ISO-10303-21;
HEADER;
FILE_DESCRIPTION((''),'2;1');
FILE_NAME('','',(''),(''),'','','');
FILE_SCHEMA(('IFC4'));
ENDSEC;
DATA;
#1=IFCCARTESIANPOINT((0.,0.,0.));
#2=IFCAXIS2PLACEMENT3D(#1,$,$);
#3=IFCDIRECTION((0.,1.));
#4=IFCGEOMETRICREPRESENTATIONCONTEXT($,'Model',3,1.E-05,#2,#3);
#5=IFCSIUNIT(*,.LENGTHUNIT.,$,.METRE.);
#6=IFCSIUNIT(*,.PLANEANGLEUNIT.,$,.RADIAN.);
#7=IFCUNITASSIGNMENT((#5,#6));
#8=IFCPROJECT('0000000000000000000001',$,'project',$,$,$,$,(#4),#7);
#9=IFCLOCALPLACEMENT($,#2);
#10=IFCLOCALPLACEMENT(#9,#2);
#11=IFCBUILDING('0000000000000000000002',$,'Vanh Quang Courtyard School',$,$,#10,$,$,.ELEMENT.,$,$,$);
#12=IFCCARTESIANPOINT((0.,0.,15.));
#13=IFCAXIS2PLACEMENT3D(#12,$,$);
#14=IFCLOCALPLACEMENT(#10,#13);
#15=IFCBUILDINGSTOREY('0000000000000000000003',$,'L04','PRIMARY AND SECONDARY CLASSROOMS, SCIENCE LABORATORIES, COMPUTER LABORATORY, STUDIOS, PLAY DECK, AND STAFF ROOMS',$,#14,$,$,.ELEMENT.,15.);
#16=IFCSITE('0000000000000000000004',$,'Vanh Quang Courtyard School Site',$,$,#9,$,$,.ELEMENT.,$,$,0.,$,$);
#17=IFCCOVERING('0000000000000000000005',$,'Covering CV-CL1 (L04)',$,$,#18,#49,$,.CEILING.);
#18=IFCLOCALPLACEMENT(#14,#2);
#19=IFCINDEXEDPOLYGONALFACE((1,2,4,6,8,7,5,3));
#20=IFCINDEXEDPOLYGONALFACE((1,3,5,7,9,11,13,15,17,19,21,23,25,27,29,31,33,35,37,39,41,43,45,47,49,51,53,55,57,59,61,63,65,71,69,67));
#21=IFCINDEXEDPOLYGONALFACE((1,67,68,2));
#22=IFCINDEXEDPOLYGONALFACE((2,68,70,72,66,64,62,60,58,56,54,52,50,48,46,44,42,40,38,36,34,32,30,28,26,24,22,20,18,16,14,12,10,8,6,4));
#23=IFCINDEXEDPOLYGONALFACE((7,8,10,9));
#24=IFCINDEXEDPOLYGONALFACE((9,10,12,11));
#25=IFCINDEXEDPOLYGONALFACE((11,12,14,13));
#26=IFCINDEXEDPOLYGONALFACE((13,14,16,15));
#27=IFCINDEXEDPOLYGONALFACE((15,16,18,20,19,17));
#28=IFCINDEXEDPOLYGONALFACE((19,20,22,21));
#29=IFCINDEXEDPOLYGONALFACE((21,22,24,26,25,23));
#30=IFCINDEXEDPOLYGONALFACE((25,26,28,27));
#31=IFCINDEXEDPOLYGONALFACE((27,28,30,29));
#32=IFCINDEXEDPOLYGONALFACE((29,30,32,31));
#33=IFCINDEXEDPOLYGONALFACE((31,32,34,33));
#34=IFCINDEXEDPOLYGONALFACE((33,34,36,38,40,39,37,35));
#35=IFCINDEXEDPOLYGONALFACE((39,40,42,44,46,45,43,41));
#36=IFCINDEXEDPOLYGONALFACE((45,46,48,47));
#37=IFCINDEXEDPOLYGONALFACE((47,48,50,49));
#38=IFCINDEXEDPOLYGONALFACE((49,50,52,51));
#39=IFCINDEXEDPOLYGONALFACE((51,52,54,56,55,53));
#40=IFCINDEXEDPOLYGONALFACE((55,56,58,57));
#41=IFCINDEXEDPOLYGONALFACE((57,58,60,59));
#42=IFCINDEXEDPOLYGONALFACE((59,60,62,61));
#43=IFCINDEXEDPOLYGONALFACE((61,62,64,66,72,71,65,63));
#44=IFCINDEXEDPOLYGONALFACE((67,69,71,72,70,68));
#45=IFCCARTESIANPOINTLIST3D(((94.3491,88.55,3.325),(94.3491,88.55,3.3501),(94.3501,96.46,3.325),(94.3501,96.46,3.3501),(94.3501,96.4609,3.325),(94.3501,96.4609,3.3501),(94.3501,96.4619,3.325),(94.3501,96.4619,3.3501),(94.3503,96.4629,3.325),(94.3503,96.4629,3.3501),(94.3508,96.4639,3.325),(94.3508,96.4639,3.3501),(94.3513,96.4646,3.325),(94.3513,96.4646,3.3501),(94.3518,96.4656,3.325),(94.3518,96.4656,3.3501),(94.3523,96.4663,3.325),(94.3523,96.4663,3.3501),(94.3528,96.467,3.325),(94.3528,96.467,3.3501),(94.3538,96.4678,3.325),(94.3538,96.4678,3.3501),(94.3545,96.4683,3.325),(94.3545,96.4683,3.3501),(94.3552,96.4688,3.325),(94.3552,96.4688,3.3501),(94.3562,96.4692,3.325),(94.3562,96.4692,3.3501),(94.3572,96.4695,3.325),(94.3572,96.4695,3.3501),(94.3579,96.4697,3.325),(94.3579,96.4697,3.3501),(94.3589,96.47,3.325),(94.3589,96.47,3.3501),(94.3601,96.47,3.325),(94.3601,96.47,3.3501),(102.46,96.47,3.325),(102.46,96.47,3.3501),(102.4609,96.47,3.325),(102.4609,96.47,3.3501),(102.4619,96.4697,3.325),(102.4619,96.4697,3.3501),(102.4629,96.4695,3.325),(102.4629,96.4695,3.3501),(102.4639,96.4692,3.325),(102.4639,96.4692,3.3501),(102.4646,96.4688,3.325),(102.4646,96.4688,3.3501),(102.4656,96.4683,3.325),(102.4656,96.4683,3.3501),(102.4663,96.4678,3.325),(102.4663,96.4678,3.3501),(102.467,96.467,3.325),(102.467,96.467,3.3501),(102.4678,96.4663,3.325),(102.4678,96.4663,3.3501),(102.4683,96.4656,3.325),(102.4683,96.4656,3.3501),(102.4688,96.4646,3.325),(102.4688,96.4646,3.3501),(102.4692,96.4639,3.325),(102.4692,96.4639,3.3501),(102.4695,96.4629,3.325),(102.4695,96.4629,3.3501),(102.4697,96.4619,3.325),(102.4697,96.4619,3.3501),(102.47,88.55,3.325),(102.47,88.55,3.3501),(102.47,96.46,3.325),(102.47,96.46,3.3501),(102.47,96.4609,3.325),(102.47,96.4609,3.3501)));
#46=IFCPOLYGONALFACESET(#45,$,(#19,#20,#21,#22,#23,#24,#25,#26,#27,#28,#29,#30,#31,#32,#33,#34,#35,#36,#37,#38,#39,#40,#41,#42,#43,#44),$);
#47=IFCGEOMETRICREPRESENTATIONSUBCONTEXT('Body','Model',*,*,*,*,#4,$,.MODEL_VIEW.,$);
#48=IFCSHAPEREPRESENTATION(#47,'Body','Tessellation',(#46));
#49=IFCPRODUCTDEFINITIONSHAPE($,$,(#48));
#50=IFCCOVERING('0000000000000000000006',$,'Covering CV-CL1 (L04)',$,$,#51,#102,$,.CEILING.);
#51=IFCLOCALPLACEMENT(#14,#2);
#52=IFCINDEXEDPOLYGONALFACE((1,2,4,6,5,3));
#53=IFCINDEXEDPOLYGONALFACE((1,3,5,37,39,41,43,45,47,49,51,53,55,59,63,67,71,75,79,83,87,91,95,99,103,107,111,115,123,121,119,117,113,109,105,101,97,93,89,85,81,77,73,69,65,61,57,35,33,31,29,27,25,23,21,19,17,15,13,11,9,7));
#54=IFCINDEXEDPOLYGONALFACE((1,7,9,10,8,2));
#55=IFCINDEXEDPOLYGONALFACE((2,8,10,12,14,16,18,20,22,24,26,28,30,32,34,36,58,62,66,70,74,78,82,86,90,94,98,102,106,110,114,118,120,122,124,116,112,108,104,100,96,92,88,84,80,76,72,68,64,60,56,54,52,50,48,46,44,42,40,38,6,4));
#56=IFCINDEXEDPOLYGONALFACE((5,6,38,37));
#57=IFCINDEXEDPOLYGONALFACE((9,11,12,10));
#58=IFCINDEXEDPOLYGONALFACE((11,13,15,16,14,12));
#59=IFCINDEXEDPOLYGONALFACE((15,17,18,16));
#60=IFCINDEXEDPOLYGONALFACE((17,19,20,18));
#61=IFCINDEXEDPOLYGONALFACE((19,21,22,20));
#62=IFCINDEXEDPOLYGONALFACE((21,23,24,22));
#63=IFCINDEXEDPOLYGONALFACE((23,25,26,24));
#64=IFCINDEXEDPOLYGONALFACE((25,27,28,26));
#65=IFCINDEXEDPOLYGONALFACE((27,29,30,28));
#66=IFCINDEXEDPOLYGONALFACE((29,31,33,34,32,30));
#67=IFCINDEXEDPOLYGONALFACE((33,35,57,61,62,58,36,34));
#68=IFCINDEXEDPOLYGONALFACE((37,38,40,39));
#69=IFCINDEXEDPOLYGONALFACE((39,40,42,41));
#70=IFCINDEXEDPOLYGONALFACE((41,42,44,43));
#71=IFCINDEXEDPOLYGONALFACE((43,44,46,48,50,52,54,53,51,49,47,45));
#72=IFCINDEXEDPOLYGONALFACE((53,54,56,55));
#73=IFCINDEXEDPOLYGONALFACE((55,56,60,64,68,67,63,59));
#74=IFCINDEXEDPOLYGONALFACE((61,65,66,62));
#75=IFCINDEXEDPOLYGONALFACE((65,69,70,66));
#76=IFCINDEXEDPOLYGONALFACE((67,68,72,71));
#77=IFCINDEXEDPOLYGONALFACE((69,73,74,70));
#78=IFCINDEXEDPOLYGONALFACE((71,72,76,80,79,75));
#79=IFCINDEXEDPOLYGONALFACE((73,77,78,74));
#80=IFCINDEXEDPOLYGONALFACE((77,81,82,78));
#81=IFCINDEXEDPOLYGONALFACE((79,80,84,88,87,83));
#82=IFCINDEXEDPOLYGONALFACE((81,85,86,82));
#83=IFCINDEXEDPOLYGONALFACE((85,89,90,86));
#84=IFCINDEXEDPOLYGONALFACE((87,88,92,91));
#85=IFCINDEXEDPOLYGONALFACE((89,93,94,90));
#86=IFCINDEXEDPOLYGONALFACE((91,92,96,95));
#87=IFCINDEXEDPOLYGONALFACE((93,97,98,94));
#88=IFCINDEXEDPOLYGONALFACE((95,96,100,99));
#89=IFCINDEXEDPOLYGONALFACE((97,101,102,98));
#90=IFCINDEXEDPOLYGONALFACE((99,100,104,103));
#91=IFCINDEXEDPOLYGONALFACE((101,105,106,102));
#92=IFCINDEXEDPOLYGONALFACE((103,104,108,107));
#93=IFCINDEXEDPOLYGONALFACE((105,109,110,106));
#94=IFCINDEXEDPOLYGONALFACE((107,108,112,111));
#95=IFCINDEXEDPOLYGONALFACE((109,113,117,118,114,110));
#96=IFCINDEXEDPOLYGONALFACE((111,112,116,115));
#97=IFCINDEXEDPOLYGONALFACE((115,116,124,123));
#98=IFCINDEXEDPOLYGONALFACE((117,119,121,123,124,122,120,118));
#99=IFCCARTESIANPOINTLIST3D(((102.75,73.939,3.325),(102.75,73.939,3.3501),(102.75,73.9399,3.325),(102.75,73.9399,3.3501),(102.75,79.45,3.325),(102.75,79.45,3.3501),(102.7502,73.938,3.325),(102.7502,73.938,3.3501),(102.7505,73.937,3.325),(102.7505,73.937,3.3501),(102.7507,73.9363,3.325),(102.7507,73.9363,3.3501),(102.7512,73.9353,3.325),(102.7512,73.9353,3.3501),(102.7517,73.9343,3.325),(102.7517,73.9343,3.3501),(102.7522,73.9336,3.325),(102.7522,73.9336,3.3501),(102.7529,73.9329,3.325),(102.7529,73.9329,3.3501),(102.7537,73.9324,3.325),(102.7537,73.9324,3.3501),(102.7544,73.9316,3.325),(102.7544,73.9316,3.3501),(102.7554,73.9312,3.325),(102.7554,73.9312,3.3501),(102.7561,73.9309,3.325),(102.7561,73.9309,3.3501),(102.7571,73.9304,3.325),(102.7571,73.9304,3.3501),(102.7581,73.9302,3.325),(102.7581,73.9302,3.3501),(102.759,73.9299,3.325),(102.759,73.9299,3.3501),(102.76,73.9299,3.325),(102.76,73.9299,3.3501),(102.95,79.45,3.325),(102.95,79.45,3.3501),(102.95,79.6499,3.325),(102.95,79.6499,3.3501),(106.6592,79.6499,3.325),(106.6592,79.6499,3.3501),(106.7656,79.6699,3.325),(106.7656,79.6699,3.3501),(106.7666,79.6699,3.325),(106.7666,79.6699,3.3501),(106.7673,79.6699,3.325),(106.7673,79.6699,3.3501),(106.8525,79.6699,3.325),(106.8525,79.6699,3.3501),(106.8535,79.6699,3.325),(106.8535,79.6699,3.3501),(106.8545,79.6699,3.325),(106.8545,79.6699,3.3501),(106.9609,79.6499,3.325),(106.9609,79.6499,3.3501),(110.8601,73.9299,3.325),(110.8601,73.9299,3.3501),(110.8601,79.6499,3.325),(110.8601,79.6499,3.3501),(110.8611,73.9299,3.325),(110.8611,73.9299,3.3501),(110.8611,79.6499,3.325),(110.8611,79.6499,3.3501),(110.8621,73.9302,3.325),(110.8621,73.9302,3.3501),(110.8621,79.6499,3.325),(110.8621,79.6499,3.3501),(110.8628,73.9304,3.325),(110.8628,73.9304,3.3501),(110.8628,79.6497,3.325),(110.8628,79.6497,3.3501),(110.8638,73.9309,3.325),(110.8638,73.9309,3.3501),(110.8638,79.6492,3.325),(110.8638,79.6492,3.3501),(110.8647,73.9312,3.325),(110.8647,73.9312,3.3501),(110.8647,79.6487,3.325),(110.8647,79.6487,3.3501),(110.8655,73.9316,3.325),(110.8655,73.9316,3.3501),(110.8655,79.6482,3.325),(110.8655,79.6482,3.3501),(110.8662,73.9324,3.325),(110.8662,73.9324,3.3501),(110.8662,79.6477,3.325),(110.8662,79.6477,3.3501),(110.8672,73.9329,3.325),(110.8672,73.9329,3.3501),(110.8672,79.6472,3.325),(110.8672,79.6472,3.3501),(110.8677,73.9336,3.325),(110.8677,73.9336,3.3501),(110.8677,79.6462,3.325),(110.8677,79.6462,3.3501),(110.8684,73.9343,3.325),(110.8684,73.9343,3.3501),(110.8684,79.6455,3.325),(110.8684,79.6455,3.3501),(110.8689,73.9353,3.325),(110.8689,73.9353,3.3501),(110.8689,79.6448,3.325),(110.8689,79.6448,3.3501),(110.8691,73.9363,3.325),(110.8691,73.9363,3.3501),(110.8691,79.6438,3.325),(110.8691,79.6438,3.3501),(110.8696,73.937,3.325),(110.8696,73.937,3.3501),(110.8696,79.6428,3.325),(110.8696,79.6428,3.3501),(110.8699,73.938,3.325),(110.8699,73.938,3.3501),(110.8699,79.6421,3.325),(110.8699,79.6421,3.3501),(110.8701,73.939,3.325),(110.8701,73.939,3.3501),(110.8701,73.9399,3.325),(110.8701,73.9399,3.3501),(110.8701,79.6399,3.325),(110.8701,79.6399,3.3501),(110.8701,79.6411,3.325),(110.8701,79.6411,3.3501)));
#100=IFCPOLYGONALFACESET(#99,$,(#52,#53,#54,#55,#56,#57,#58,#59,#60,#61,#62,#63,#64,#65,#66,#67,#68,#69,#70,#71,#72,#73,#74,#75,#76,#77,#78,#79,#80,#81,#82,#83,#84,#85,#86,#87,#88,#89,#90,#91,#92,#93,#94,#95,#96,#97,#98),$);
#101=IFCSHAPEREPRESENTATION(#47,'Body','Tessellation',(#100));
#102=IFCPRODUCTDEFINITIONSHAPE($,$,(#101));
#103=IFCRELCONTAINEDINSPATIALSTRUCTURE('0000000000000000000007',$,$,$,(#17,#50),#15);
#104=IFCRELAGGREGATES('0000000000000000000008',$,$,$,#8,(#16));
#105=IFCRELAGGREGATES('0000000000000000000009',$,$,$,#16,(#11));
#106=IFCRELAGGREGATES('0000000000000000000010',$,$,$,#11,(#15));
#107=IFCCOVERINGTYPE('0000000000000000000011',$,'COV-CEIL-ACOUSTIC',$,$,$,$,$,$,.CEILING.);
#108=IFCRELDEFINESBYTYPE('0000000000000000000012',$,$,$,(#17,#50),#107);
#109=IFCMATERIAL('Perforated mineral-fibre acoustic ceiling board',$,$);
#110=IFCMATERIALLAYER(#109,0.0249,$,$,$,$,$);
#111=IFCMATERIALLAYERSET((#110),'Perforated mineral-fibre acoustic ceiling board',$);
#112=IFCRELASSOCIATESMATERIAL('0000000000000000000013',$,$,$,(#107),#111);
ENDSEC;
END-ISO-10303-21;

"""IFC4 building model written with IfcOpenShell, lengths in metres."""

from ifc_helpers import new_model, si_unit, direction, frame, origin, place, context, subcontext, project, spatial, polyline, outline, extrude, material, layer, layer_set, type_object, element, save


model = new_model("IFC4")

# Units and contexts
model_context = context("Model", 3, precision=1e-05, world=origin(), true_north=direction((0.0, 1.0)))
body_context = subcontext(model_context, "Body", "Model", "MODEL_VIEW")
ifc_project = project(units=[si_unit("LENGTHUNIT", "METRE"), si_unit("PLANEANGLEUNIT", "RADIAN")], contexts=[model_context])

# Site, building, storey
site_placement = place(None, origin())
site = spatial("IfcSite", under=ifc_project, at=site_placement, Name="Vanh Quang Courtyard School Site", CompositionType="ELEMENT", RefElevation=0.0)
building_placement = place(site_placement, origin())
building = spatial("IfcBuilding", under=site, at=building_placement, Name="Vanh Quang Courtyard School", CompositionType="ELEMENT")
storey_placement = place(building_placement, frame((0.0, 0.0, 15.0)))
storey = spatial("IfcBuildingStorey", under=building, at=storey_placement, Name="L04", Description="PRIMARY AND SECONDARY CLASSROOMS, SCIENCE LABORATORIES, COMPUTER LABORATORY, STUDIOS, PLAY DECK, AND STAFF ROOMS", CompositionType="ELEMENT", Elevation=15.0)

# Coverings
ifc_material_1 = material(Name="Perforated mineral-fibre acoustic ceiling board")
ifc_layer_1 = layer(ifc_material_1, 0.0249)
ifc_layer_set_1 = layer_set([ifc_layer_1], Name="Perforated mineral-fibre acoustic ceiling board")
covering_type_1 = type_object("IfcCoveringType", Name="COV-CEIL-ACOUSTIC", PredefinedType="CEILING", material=ifc_layer_set_1)
covering_1_placement = place(storey_placement, frame((0.0, 0.0, 3.325)))
element("IfcCovering", 1, at=covering_1_placement, inside=storey, type_object=covering_type_1, Name="Covering CV-CL1 (L04)", PredefinedType="CEILING", context=body_context, shape_type="SweptSolid", body=[
    extrude(outline(polyline([(94.3501, 96.46), (94.3501, 96.4609), (94.3501, 96.4619), (94.3503, 96.4629), (94.3508, 96.4639), (94.3513, 96.4646), (94.3518, 96.4656), (94.3523, 96.4663), (94.3528, 96.467), (94.3538, 96.4678), (94.3545, 96.4683), (94.3552, 96.4688), (94.3562, 96.4692), (94.3572, 96.4695), (94.3579, 96.4697), (94.3589, 96.47), (94.3601, 96.47), (102.46, 96.47), (102.4609, 96.47), (102.4619, 96.4697), (102.4629, 96.4695), (102.4639, 96.4692), (102.4646, 96.4688), (102.4656, 96.4683), (102.4663, 96.4678), (102.467, 96.467), (102.4678, 96.4663), (102.4683, 96.4656), (102.4688, 96.4646), (102.4692, 96.4639), (102.4695, 96.4629), (102.4697, 96.4619), (102.47, 96.4609), (102.47, 96.46), (102.47, 88.55), (94.3491, 88.55), (94.3501, 96.46)])), origin(), (0.0, 0.0, 1.0), 0.0251),
])
covering_2_placement = place(storey_placement, frame((0.0, 0.0, 3.325)))
element("IfcCovering", 2, at=covering_2_placement, inside=storey, type_object=covering_type_1, Name="Covering CV-CL1 (L04)", PredefinedType="CEILING", context=body_context, shape_type="SweptSolid", body=[
    extrude(outline(polyline([(102.75, 79.45), (102.95, 79.45), (102.95, 79.6499), (106.6592, 79.6499), (106.7656, 79.6699), (106.7666, 79.6699), (106.7673, 79.6699), (106.8525, 79.6699), (106.8535, 79.6699), (106.8545, 79.6699), (106.9609, 79.6499), (110.8601, 79.6499), (110.8611, 79.6499), (110.8621, 79.6499), (110.8628, 79.6497), (110.8638, 79.6492), (110.8647, 79.6487), (110.8655, 79.6482), (110.8662, 79.6477), (110.8672, 79.6472), (110.8677, 79.6462), (110.8684, 79.6455), (110.8689, 79.6448), (110.8691, 79.6438), (110.8696, 79.6428), (110.8699, 79.6421), (110.8701, 79.6411), (110.8701, 79.6399), (110.8701, 73.9399), (110.8701, 73.939), (110.8699, 73.938), (110.8696, 73.937), (110.8691, 73.9363), (110.8689, 73.9353), (110.8684, 73.9343), (110.8677, 73.9336), (110.8672, 73.9329), (110.8662, 73.9324), (110.8655, 73.9316), (110.8647, 73.9312), (110.8638, 73.9309), (110.8628, 73.9304), (110.8621, 73.9302), (110.8611, 73.9299), (110.8601, 73.9299), (102.76, 73.9299), (102.759, 73.9299), (102.7581, 73.9302), (102.7571, 73.9304), (102.7561, 73.9309), (102.7554, 73.9312), (102.7544, 73.9316), (102.7537, 73.9324), (102.7529, 73.9329), (102.7522, 73.9336), (102.7517, 73.9343), (102.7512, 73.9353), (102.7507, 73.9363), (102.7505, 73.937), (102.7502, 73.938), (102.75, 73.939), (102.75, 73.9399), (102.75, 79.45)])), origin(), (0.0, 0.0, 1.0), 0.0251),
])

save(model, "model.ifc")
